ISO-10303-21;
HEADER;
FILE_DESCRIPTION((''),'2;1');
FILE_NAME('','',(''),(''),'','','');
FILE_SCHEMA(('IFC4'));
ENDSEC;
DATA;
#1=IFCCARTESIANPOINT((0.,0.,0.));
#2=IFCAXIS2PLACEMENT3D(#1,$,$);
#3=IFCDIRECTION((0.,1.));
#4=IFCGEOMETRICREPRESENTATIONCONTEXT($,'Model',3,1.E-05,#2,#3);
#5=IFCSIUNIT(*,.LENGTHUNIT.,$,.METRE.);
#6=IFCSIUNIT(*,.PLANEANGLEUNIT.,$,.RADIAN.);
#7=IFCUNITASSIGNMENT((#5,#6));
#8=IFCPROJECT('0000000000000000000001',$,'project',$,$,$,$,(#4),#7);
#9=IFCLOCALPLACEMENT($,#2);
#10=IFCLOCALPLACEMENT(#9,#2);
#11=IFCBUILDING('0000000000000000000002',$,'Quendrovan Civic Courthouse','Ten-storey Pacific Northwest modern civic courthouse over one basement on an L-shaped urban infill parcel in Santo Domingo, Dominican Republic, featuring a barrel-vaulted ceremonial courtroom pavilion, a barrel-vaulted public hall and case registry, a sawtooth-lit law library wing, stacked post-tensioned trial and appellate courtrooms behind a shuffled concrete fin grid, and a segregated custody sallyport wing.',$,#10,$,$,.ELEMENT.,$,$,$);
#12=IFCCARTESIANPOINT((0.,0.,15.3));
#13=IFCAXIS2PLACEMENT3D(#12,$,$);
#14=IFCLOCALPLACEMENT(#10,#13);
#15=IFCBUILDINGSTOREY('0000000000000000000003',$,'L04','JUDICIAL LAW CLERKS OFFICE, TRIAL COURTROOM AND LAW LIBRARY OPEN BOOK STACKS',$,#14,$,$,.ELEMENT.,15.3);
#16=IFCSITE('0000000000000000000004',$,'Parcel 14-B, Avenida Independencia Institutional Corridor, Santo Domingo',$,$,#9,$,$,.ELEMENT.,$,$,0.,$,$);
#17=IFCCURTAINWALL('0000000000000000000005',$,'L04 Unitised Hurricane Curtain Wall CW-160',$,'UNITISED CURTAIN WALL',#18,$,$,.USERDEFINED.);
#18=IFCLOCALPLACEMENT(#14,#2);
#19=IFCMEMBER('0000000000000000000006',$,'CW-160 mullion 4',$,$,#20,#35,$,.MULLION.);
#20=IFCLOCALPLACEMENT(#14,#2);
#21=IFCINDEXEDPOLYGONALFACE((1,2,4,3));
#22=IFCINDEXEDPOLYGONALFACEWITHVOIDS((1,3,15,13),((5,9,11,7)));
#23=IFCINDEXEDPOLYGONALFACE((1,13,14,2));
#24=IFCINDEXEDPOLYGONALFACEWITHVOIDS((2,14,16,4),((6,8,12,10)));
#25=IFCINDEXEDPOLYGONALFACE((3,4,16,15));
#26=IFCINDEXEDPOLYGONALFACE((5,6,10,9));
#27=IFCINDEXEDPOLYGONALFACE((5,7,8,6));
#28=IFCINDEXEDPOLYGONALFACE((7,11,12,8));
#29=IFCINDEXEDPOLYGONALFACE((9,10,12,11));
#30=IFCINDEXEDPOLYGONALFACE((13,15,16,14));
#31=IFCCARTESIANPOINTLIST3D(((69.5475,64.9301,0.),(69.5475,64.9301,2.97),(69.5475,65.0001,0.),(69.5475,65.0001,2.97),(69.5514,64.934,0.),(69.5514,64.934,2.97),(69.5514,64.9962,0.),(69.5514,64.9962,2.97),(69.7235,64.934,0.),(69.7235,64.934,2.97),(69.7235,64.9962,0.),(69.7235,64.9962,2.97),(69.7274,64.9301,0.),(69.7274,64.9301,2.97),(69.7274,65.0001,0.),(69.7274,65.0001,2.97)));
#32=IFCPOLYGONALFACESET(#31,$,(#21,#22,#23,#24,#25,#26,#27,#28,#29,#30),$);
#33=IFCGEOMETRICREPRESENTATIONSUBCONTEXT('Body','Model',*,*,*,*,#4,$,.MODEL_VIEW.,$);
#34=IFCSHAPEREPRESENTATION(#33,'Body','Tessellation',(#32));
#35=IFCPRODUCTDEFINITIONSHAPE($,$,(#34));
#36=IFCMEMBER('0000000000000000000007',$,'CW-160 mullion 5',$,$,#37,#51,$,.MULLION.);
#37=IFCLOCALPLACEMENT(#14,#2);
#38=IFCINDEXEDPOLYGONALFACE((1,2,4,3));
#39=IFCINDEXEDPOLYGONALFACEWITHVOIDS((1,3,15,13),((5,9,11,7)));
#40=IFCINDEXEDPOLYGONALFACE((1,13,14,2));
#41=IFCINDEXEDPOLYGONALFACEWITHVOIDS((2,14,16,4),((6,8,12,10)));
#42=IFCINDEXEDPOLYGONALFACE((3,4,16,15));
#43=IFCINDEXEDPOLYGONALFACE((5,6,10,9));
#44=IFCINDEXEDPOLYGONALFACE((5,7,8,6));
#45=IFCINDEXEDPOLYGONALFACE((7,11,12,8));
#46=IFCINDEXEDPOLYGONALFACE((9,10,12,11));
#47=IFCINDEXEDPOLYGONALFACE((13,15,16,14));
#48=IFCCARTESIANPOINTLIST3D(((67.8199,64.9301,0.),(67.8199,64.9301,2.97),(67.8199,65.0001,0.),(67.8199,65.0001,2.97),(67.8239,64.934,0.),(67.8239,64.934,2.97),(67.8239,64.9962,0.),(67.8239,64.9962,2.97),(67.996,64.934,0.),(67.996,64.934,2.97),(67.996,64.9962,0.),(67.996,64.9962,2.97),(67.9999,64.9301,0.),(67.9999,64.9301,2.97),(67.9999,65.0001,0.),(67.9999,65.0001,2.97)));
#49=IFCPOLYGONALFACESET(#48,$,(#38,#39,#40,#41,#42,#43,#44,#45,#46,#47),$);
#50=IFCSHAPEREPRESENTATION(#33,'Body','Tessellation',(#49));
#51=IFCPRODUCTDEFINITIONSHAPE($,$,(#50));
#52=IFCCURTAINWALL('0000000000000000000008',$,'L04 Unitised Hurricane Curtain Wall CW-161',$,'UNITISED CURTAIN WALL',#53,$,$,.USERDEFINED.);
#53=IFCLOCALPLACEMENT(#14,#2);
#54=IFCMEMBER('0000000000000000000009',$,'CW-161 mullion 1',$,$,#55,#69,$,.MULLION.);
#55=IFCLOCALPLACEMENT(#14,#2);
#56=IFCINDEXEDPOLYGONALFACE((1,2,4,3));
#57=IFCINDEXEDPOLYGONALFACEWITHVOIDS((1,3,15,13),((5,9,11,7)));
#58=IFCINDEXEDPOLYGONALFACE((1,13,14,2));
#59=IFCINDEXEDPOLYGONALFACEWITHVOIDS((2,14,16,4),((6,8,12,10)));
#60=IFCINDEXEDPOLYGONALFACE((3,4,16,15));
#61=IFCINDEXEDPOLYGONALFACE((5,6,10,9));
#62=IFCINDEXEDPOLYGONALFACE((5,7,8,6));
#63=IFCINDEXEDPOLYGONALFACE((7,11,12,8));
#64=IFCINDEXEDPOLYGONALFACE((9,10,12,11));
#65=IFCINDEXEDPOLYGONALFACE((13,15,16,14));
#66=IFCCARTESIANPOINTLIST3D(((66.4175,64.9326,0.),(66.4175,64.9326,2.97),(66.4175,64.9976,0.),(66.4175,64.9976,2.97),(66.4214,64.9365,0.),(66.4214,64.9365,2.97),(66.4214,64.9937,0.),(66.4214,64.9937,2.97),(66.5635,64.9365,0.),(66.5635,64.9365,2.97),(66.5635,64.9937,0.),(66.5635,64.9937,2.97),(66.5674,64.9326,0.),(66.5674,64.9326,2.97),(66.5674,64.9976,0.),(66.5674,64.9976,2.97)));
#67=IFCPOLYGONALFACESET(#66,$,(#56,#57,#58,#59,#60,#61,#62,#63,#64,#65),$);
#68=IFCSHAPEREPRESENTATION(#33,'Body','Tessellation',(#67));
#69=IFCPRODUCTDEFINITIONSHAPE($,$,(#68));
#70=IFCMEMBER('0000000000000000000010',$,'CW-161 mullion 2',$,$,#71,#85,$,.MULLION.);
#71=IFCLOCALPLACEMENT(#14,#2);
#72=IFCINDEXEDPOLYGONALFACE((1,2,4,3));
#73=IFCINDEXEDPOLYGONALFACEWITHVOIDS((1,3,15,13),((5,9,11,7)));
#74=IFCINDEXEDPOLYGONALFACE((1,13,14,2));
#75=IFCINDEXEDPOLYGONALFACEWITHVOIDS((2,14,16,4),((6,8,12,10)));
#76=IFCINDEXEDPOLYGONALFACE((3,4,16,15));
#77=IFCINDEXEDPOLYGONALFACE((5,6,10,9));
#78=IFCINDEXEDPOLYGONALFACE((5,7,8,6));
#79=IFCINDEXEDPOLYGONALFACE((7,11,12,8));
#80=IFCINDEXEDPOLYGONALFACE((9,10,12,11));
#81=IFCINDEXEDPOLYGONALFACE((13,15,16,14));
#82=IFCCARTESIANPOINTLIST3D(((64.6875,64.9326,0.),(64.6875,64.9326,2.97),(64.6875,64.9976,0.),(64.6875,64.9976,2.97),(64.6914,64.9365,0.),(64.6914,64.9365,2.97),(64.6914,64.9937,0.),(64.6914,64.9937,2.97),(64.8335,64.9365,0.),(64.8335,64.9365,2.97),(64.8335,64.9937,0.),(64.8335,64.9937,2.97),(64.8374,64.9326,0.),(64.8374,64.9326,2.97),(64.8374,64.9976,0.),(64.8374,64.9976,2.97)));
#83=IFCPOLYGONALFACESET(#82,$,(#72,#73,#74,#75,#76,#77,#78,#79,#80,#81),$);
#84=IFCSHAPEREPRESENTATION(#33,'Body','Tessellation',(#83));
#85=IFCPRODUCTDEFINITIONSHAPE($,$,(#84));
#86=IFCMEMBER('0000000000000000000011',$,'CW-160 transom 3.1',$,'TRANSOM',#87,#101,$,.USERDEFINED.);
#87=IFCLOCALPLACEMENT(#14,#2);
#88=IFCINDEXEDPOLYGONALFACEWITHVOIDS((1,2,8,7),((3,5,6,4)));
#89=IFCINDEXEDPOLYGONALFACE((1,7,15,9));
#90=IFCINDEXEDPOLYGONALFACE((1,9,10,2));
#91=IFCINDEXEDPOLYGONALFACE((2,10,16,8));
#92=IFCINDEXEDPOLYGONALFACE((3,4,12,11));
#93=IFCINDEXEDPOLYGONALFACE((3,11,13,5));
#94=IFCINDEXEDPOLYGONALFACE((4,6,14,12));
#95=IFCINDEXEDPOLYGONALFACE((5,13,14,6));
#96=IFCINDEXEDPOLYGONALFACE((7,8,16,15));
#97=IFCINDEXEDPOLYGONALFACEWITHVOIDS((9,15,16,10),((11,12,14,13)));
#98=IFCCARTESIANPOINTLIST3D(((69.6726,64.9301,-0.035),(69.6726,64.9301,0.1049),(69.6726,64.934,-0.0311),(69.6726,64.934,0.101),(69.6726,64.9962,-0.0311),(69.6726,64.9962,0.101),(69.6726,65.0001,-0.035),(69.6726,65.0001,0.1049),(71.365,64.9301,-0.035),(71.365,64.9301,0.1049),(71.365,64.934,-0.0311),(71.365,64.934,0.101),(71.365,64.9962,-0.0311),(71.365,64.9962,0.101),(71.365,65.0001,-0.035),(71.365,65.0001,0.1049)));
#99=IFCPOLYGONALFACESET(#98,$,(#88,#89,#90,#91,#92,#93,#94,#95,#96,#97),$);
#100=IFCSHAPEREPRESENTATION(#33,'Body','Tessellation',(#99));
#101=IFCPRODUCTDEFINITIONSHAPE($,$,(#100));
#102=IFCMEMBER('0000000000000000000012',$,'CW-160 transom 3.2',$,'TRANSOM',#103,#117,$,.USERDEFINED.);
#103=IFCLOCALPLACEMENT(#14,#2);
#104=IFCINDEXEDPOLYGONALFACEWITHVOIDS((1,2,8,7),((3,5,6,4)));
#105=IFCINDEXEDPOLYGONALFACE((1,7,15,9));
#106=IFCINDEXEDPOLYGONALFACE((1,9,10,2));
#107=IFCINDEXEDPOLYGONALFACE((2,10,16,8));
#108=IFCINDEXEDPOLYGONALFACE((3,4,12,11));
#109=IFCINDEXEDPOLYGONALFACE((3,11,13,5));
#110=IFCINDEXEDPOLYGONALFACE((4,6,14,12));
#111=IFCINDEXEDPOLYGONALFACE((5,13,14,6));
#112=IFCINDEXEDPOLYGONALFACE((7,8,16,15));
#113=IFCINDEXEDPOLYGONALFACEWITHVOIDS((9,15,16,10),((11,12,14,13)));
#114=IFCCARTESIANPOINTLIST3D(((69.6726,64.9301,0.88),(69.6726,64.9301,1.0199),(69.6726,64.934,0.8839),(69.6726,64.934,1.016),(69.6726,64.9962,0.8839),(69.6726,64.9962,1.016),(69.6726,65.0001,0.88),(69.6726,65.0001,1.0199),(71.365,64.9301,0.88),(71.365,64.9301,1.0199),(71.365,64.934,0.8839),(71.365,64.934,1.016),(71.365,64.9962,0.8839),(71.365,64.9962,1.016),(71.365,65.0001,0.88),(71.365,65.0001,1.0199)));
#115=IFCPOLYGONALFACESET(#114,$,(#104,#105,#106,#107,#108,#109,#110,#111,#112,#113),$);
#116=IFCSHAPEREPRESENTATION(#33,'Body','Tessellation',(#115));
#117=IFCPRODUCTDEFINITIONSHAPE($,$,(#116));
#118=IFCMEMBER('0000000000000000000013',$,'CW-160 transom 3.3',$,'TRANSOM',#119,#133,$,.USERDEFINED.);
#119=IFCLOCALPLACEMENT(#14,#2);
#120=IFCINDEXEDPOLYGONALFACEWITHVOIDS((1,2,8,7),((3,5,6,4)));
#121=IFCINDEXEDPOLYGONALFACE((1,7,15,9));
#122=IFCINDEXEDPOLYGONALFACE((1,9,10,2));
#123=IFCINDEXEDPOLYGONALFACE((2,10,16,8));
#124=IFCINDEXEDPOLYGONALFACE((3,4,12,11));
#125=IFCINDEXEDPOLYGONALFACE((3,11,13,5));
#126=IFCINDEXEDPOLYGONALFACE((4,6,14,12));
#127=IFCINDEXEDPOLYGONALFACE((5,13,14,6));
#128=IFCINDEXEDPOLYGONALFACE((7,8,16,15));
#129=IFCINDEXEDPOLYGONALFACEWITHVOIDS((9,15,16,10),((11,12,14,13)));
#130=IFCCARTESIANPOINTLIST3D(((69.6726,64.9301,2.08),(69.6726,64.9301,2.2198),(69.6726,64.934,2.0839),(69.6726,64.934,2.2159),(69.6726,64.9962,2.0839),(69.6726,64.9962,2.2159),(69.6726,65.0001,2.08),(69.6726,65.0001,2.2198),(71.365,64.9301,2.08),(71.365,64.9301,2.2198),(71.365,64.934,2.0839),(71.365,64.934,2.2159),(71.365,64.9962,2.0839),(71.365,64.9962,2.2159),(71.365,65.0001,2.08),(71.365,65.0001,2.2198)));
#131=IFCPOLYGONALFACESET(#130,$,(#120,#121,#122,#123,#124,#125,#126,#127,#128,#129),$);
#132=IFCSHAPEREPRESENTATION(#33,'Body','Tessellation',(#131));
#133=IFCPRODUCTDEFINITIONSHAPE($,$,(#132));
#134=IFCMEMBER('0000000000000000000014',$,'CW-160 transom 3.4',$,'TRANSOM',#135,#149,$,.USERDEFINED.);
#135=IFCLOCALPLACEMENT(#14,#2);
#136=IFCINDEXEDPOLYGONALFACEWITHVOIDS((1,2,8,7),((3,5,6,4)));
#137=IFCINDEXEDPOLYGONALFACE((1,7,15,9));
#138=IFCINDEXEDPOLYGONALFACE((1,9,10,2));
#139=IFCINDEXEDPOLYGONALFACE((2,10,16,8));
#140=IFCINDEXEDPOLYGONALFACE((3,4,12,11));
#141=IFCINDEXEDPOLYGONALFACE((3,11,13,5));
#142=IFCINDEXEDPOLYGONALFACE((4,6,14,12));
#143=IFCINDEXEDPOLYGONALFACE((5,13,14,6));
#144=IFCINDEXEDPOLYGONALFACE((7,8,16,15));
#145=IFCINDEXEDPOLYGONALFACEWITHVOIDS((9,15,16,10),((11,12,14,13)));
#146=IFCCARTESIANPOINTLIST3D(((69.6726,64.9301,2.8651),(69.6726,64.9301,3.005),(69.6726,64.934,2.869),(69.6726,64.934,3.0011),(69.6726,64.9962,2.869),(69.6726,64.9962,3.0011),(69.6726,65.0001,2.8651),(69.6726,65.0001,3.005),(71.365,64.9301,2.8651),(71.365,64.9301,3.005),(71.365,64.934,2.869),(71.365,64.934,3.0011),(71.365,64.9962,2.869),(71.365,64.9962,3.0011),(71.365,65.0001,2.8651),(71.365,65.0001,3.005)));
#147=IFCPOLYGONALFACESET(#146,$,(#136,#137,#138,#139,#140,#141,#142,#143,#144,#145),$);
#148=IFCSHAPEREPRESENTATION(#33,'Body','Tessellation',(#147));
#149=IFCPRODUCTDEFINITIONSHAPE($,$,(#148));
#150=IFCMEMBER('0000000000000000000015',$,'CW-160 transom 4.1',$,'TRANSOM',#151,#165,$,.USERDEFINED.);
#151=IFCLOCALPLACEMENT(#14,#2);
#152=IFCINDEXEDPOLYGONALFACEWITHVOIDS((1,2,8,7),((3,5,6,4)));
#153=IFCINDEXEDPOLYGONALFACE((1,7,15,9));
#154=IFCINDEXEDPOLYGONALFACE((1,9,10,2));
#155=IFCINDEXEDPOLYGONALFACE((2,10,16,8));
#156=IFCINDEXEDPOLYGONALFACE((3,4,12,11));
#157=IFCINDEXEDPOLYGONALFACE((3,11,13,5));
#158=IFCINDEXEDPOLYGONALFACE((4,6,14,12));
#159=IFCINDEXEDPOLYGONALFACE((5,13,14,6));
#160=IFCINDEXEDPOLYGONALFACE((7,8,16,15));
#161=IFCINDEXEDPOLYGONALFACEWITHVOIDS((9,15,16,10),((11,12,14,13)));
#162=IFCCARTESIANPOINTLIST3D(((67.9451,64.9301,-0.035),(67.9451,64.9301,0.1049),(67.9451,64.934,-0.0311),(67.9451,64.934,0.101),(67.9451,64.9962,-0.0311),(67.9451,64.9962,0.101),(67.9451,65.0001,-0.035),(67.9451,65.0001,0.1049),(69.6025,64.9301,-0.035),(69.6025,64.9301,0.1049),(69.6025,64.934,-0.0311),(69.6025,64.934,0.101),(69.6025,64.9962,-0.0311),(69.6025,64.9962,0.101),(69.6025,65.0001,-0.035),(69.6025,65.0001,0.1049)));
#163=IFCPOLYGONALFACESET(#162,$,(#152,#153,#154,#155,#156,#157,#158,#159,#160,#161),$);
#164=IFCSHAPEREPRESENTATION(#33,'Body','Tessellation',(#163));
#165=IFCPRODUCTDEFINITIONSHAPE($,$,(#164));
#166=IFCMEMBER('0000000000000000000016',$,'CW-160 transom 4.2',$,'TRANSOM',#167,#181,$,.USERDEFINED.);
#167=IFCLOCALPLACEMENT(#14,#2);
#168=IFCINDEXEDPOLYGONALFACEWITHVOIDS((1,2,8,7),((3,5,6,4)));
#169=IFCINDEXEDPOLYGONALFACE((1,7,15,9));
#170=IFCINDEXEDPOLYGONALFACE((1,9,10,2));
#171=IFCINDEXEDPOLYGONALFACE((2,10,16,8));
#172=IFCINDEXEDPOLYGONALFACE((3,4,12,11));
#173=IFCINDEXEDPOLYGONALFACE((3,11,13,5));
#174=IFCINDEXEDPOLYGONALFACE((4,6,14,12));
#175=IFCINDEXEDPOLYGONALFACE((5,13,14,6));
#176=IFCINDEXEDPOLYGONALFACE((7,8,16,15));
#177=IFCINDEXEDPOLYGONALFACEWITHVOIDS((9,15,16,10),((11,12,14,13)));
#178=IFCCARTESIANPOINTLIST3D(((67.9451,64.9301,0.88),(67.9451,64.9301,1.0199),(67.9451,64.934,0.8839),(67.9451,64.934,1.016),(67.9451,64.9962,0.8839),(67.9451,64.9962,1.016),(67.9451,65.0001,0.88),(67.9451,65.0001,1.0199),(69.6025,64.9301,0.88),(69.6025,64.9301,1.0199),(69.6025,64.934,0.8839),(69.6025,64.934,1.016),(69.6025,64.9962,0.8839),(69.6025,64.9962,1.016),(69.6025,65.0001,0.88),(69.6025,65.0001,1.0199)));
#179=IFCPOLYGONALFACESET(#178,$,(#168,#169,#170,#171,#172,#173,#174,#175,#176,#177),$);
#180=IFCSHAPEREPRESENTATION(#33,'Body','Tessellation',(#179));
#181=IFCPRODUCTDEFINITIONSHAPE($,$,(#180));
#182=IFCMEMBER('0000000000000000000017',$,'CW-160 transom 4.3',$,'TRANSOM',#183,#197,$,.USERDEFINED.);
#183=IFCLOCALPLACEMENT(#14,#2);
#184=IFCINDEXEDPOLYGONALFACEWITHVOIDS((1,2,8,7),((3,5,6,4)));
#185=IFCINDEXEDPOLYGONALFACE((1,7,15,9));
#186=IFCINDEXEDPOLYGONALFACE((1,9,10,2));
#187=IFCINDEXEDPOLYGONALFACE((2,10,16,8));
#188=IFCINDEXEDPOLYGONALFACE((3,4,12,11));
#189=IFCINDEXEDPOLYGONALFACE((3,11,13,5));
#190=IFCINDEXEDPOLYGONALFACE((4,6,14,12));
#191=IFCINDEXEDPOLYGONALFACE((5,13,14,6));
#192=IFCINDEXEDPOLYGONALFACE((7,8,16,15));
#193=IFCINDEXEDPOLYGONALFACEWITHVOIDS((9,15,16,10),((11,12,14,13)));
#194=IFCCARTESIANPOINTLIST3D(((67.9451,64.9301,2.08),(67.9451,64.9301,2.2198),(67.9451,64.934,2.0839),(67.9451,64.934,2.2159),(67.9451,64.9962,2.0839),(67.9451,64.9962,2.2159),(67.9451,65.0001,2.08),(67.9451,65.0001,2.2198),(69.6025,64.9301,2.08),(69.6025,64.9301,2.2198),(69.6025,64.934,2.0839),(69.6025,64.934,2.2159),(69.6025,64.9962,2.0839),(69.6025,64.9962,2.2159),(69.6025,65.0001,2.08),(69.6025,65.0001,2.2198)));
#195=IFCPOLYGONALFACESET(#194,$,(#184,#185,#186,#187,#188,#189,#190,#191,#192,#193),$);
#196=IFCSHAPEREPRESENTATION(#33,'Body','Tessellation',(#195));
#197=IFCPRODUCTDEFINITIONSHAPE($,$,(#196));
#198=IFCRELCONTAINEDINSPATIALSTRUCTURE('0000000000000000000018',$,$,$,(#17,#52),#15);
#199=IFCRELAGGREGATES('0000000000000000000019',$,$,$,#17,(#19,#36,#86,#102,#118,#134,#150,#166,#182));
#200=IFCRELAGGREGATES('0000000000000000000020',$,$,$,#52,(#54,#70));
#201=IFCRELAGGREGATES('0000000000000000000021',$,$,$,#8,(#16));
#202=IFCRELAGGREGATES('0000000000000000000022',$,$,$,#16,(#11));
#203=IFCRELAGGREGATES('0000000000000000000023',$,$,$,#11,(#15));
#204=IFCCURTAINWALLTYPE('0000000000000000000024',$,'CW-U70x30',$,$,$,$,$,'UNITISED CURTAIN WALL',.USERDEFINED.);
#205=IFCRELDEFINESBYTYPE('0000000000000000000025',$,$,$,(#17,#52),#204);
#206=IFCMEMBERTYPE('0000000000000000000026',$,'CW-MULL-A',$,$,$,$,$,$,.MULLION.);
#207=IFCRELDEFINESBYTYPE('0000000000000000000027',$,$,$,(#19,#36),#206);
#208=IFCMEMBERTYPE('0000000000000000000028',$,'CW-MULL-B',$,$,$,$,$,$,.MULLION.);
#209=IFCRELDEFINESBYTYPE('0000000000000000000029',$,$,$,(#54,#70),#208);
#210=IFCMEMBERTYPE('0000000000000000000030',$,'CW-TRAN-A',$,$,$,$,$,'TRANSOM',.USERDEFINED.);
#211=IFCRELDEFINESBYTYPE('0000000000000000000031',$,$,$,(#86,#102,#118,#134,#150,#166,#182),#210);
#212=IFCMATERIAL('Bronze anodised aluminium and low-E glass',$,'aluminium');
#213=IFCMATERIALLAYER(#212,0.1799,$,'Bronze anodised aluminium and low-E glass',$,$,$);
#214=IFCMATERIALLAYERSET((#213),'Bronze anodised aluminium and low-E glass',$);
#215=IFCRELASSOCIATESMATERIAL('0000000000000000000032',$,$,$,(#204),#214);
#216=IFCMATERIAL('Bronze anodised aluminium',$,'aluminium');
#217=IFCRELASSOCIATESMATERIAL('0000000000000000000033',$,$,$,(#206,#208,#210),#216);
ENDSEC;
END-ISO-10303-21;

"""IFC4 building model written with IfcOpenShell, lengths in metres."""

from ifc_helpers import new_model, si_unit, direction, frame, origin, origin_2d, place, context, subcontext, project, spatial, hollow_rectangle, extrude, material, layer, layer_set, material_profile, profile_set, type_object, element, aggregate, save


model = new_model("IFC4")

# Units and contexts
model_context = context("Model", 3, precision=1e-05, world=origin(), true_north=direction((0.0, 1.0)))
body_context = subcontext(model_context, "Body", "Model", "MODEL_VIEW")
ifc_project = project(units=[si_unit("LENGTHUNIT", "METRE"), si_unit("PLANEANGLEUNIT", "RADIAN")], contexts=[model_context])

# Site, building, storey
site_placement = place(None, origin())
site = spatial("IfcSite", under=ifc_project, at=site_placement, Name="Parcel 14-B, Avenida Independencia Institutional Corridor, Santo Domingo", CompositionType="ELEMENT", RefElevation=0.0)
building_placement = place(site_placement, origin())
building = spatial("IfcBuilding", under=site, at=building_placement, Name="Quendrovan Civic Courthouse", Description="Ten-storey Pacific Northwest modern civic courthouse over one basement on an L-shaped urban infill parcel in Santo Domingo, Dominican Republic, featuring a barrel-vaulted ceremonial courtroom pavilion, a barrel-vaulted public hall and case registry, a sawtooth-lit law library wing, stacked post-tensioned trial and appellate courtrooms behind a shuffled concrete fin grid, and a segregated custody sallyport wing.", CompositionType="ELEMENT")
storey_placement = place(building_placement, frame((0.0, 0.0, 15.3)))
storey = spatial("IfcBuildingStorey", under=building, at=storey_placement, Name="L04", Description="JUDICIAL LAW CLERKS OFFICE, TRIAL COURTROOM AND LAW LIBRARY OPEN BOOK STACKS", CompositionType="ELEMENT", Elevation=15.3)

# Curtain walls, members
ifc_material_1 = material(Name="Bronze anodised aluminium and low-E glass", Category="aluminium")
ifc_layer_1 = layer(ifc_material_1, 0.1799, Name="Bronze anodised aluminium and low-E glass")
ifc_layer_set_1 = layer_set([ifc_layer_1], Name="Bronze anodised aluminium and low-E glass")
curtain_wall_type = type_object("IfcCurtainWallType", Name="CW-U70x30", ElementType="UNITISED CURTAIN WALL", PredefinedType="USERDEFINED", material=ifc_layer_set_1)
curtain_wall_1_placement = place(storey_placement, origin())
curtain_wall_1 = element("IfcCurtainWall", 1, at=curtain_wall_1_placement, inside=storey, type_object=curtain_wall_type, Name="L04 Unitised Hurricane Curtain Wall CW-160", ObjectType="UNITISED CURTAIN WALL", PredefinedType="USERDEFINED")
ifc_material_2 = material(Name="Bronze anodised aluminium", Category="aluminium")
ifc_material_profile_1 = material_profile(ifc_material_2, hollow_rectangle(XDim=0.0701, YDim=0.1799, WallThickness=0.0039, at=origin_2d()), Name="CW-MULL-70x180")
ifc_profile_set_1 = profile_set([ifc_material_profile_1], Name="Bronze anodised aluminium")
member_type_1 = type_object("IfcMemberType", Name="CW-MULL-A", PredefinedType="MULLION", material=ifc_profile_set_1)
member_1_placement = place(storey_placement, frame((69.6375, 64.9651, 0.0), z_axis=(0.0, 0.0, 1.0), x_axis=(0.0, -1.0, 0.0)))
member_1 = element("IfcMember", 2, at=member_1_placement, type_object=member_type_1, Name="CW-160 mullion 4", PredefinedType="MULLION", context=body_context, shape_type="SweptSolid", body=[
    extrude(hollow_rectangle(XDim=0.0701, YDim=0.1799, WallThickness=0.0039, at=origin_2d()), origin(), (0.0, 0.0, 1.0), 2.97),
])
member_2_placement = place(storey_placement, frame((67.9099, 64.9651, 0.0), z_axis=(0.0, 0.0, 1.0), x_axis=(0.0, -1.0, 0.0)))
member_2 = element("IfcMember", 3, at=member_2_placement, type_object=member_type_1, Name="CW-160 mullion 5", PredefinedType="MULLION", context=body_context, shape_type="SweptSolid", body=[
    extrude(hollow_rectangle(XDim=0.0701, YDim=0.1799, WallThickness=0.0039, at=origin_2d()), origin(), (0.0, 0.0, 1.0), 2.97),
])
curtain_wall_2_placement = place(storey_placement, origin())
curtain_wall_2 = element("IfcCurtainWall", 4, at=curtain_wall_2_placement, inside=storey, type_object=curtain_wall_type, Name="L04 Unitised Hurricane Curtain Wall CW-161", ObjectType="UNITISED CURTAIN WALL", PredefinedType="USERDEFINED")
ifc_material_profile_2 = material_profile(ifc_material_2, hollow_rectangle(XDim=0.0649, YDim=0.1499, WallThickness=0.0039, at=origin_2d()), Name="CW-MULL-65x150")
ifc_profile_set_2 = profile_set([ifc_material_profile_2], Name="Bronze anodised aluminium")
member_type_2 = type_object("IfcMemberType", Name="CW-MULL-B", PredefinedType="MULLION", material=ifc_profile_set_2)
member_3_placement = place(storey_placement, frame((66.4924, 64.9651, 0.0), z_axis=(0.0, 0.0, 1.0), x_axis=(0.0, -1.0, 0.0)))
member_3 = element("IfcMember", 5, at=member_3_placement, type_object=member_type_2, Name="CW-161 mullion 1", PredefinedType="MULLION", context=body_context, shape_type="SweptSolid", body=[
    extrude(hollow_rectangle(XDim=0.0649, YDim=0.1499, WallThickness=0.0039, at=origin_2d()), origin(), (0.0, 0.0, 1.0), 2.97),
])
member_4_placement = place(storey_placement, frame((64.7625, 64.9651, 0.0), z_axis=(0.0, 0.0, 1.0), x_axis=(0.0, -1.0, 0.0)))
member_4 = element("IfcMember", 6, at=member_4_placement, type_object=member_type_2, Name="CW-161 mullion 2", PredefinedType="MULLION", context=body_context, shape_type="SweptSolid", body=[
    extrude(hollow_rectangle(XDim=0.0649, YDim=0.1499, WallThickness=0.0039, at=origin_2d()), origin(), (0.0, 0.0, 1.0), 2.97),
])

# Members
ifc_material_profile_3 = material_profile(ifc_material_2, hollow_rectangle(XDim=0.0701, YDim=0.1399, WallThickness=0.0039, at=origin_2d()), Name="CW-TRAN-70x140")
ifc_profile_set_3 = profile_set([ifc_material_profile_3], Name="Bronze anodised aluminium")
member_type_3 = type_object("IfcMemberType", Name="CW-TRAN-A", ElementType="TRANSOM", PredefinedType="USERDEFINED", material=ifc_profile_set_3)
member_5_placement = place(storey_placement, frame((71.365, 64.9651, 0.0349), z_axis=(-1.0, 0.0, 0.0), x_axis=(0.0, -1.0, 0.0)))
member_5 = element("IfcMember", 7, at=member_5_placement, type_object=member_type_3, Name="CW-160 transom 3.1", ObjectType="TRANSOM", PredefinedType="USERDEFINED", context=body_context, shape_type="SweptSolid", body=[
    extrude(hollow_rectangle(XDim=0.0701, YDim=0.1399, WallThickness=0.0039, at=origin_2d()), origin(), (0.0, 0.0, 1.0), 1.6924),
])
member_6_placement = place(storey_placement, frame((71.365, 64.9651, 0.95), z_axis=(-1.0, 0.0, 0.0), x_axis=(0.0, -1.0, 0.0)))
member_6 = element("IfcMember", 8, at=member_6_placement, type_object=member_type_3, Name="CW-160 transom 3.2", ObjectType="TRANSOM", PredefinedType="USERDEFINED", context=body_context, shape_type="SweptSolid", body=[
    extrude(hollow_rectangle(XDim=0.0701, YDim=0.1399, WallThickness=0.0039, at=origin_2d()), origin(), (0.0, 0.0, 1.0), 1.6924),
])
member_7_placement = place(storey_placement, frame((71.365, 64.9651, 2.1499), z_axis=(-1.0, 0.0, 0.0), x_axis=(0.0, -1.0, 0.0)))
member_7 = element("IfcMember", 9, at=member_7_placement, type_object=member_type_3, Name="CW-160 transom 3.3", ObjectType="TRANSOM", PredefinedType="USERDEFINED", context=body_context, shape_type="SweptSolid", body=[
    extrude(hollow_rectangle(XDim=0.0701, YDim=0.1399, WallThickness=0.0039, at=origin_2d()), origin(), (0.0, 0.0, 1.0), 1.6924),
])
member_8_placement = place(storey_placement, frame((71.365, 64.9651, 2.9351), z_axis=(-1.0, 0.0, 0.0), x_axis=(0.0, -1.0, 0.0)))
member_8 = element("IfcMember", 10, at=member_8_placement, type_object=member_type_3, Name="CW-160 transom 3.4", ObjectType="TRANSOM", PredefinedType="USERDEFINED", context=body_context, shape_type="SweptSolid", body=[
    extrude(hollow_rectangle(XDim=0.0701, YDim=0.1399, WallThickness=0.0039, at=origin_2d()), origin(), (0.0, 0.0, 1.0), 1.6924),
])
member_9_placement = place(storey_placement, frame((69.6025, 64.9651, 0.0349), z_axis=(-1.0, 0.0, 0.0), x_axis=(0.0, -1.0, 0.0)))
member_9 = element("IfcMember", 11, at=member_9_placement, type_object=member_type_3, Name="CW-160 transom 4.1", ObjectType="TRANSOM", PredefinedType="USERDEFINED", context=body_context, shape_type="SweptSolid", body=[
    extrude(hollow_rectangle(XDim=0.0701, YDim=0.1399, WallThickness=0.0039, at=origin_2d()), origin(), (0.0, 0.0, 1.0), 1.6575),
])
member_10_placement = place(storey_placement, frame((69.6025, 64.9651, 0.95), z_axis=(-1.0, 0.0, 0.0), x_axis=(0.0, -1.0, 0.0)))
member_10 = element("IfcMember", 12, at=member_10_placement, type_object=member_type_3, Name="CW-160 transom 4.2", ObjectType="TRANSOM", PredefinedType="USERDEFINED", context=body_context, shape_type="SweptSolid", body=[
    extrude(hollow_rectangle(XDim=0.0701, YDim=0.1399, WallThickness=0.0039, at=origin_2d()), origin(), (0.0, 0.0, 1.0), 1.6575),
])
member_11_placement = place(storey_placement, frame((69.6025, 64.9651, 2.1499), z_axis=(-1.0, 0.0, 0.0), x_axis=(0.0, -1.0, 0.0)))
member_11 = element("IfcMember", 13, at=member_11_placement, type_object=member_type_3, Name="CW-160 transom 4.3", ObjectType="TRANSOM", PredefinedType="USERDEFINED", context=body_context, shape_type="SweptSolid", body=[
    extrude(hollow_rectangle(XDim=0.0701, YDim=0.1399, WallThickness=0.0039, at=origin_2d()), origin(), (0.0, 0.0, 1.0), 1.6575),
])

aggregate(curtain_wall_1, [member_1, member_2, member_5, member_6, member_7, member_8, member_9, member_10, member_11])
aggregate(curtain_wall_2, [member_3, member_4])

save(model, "model.ifc")
